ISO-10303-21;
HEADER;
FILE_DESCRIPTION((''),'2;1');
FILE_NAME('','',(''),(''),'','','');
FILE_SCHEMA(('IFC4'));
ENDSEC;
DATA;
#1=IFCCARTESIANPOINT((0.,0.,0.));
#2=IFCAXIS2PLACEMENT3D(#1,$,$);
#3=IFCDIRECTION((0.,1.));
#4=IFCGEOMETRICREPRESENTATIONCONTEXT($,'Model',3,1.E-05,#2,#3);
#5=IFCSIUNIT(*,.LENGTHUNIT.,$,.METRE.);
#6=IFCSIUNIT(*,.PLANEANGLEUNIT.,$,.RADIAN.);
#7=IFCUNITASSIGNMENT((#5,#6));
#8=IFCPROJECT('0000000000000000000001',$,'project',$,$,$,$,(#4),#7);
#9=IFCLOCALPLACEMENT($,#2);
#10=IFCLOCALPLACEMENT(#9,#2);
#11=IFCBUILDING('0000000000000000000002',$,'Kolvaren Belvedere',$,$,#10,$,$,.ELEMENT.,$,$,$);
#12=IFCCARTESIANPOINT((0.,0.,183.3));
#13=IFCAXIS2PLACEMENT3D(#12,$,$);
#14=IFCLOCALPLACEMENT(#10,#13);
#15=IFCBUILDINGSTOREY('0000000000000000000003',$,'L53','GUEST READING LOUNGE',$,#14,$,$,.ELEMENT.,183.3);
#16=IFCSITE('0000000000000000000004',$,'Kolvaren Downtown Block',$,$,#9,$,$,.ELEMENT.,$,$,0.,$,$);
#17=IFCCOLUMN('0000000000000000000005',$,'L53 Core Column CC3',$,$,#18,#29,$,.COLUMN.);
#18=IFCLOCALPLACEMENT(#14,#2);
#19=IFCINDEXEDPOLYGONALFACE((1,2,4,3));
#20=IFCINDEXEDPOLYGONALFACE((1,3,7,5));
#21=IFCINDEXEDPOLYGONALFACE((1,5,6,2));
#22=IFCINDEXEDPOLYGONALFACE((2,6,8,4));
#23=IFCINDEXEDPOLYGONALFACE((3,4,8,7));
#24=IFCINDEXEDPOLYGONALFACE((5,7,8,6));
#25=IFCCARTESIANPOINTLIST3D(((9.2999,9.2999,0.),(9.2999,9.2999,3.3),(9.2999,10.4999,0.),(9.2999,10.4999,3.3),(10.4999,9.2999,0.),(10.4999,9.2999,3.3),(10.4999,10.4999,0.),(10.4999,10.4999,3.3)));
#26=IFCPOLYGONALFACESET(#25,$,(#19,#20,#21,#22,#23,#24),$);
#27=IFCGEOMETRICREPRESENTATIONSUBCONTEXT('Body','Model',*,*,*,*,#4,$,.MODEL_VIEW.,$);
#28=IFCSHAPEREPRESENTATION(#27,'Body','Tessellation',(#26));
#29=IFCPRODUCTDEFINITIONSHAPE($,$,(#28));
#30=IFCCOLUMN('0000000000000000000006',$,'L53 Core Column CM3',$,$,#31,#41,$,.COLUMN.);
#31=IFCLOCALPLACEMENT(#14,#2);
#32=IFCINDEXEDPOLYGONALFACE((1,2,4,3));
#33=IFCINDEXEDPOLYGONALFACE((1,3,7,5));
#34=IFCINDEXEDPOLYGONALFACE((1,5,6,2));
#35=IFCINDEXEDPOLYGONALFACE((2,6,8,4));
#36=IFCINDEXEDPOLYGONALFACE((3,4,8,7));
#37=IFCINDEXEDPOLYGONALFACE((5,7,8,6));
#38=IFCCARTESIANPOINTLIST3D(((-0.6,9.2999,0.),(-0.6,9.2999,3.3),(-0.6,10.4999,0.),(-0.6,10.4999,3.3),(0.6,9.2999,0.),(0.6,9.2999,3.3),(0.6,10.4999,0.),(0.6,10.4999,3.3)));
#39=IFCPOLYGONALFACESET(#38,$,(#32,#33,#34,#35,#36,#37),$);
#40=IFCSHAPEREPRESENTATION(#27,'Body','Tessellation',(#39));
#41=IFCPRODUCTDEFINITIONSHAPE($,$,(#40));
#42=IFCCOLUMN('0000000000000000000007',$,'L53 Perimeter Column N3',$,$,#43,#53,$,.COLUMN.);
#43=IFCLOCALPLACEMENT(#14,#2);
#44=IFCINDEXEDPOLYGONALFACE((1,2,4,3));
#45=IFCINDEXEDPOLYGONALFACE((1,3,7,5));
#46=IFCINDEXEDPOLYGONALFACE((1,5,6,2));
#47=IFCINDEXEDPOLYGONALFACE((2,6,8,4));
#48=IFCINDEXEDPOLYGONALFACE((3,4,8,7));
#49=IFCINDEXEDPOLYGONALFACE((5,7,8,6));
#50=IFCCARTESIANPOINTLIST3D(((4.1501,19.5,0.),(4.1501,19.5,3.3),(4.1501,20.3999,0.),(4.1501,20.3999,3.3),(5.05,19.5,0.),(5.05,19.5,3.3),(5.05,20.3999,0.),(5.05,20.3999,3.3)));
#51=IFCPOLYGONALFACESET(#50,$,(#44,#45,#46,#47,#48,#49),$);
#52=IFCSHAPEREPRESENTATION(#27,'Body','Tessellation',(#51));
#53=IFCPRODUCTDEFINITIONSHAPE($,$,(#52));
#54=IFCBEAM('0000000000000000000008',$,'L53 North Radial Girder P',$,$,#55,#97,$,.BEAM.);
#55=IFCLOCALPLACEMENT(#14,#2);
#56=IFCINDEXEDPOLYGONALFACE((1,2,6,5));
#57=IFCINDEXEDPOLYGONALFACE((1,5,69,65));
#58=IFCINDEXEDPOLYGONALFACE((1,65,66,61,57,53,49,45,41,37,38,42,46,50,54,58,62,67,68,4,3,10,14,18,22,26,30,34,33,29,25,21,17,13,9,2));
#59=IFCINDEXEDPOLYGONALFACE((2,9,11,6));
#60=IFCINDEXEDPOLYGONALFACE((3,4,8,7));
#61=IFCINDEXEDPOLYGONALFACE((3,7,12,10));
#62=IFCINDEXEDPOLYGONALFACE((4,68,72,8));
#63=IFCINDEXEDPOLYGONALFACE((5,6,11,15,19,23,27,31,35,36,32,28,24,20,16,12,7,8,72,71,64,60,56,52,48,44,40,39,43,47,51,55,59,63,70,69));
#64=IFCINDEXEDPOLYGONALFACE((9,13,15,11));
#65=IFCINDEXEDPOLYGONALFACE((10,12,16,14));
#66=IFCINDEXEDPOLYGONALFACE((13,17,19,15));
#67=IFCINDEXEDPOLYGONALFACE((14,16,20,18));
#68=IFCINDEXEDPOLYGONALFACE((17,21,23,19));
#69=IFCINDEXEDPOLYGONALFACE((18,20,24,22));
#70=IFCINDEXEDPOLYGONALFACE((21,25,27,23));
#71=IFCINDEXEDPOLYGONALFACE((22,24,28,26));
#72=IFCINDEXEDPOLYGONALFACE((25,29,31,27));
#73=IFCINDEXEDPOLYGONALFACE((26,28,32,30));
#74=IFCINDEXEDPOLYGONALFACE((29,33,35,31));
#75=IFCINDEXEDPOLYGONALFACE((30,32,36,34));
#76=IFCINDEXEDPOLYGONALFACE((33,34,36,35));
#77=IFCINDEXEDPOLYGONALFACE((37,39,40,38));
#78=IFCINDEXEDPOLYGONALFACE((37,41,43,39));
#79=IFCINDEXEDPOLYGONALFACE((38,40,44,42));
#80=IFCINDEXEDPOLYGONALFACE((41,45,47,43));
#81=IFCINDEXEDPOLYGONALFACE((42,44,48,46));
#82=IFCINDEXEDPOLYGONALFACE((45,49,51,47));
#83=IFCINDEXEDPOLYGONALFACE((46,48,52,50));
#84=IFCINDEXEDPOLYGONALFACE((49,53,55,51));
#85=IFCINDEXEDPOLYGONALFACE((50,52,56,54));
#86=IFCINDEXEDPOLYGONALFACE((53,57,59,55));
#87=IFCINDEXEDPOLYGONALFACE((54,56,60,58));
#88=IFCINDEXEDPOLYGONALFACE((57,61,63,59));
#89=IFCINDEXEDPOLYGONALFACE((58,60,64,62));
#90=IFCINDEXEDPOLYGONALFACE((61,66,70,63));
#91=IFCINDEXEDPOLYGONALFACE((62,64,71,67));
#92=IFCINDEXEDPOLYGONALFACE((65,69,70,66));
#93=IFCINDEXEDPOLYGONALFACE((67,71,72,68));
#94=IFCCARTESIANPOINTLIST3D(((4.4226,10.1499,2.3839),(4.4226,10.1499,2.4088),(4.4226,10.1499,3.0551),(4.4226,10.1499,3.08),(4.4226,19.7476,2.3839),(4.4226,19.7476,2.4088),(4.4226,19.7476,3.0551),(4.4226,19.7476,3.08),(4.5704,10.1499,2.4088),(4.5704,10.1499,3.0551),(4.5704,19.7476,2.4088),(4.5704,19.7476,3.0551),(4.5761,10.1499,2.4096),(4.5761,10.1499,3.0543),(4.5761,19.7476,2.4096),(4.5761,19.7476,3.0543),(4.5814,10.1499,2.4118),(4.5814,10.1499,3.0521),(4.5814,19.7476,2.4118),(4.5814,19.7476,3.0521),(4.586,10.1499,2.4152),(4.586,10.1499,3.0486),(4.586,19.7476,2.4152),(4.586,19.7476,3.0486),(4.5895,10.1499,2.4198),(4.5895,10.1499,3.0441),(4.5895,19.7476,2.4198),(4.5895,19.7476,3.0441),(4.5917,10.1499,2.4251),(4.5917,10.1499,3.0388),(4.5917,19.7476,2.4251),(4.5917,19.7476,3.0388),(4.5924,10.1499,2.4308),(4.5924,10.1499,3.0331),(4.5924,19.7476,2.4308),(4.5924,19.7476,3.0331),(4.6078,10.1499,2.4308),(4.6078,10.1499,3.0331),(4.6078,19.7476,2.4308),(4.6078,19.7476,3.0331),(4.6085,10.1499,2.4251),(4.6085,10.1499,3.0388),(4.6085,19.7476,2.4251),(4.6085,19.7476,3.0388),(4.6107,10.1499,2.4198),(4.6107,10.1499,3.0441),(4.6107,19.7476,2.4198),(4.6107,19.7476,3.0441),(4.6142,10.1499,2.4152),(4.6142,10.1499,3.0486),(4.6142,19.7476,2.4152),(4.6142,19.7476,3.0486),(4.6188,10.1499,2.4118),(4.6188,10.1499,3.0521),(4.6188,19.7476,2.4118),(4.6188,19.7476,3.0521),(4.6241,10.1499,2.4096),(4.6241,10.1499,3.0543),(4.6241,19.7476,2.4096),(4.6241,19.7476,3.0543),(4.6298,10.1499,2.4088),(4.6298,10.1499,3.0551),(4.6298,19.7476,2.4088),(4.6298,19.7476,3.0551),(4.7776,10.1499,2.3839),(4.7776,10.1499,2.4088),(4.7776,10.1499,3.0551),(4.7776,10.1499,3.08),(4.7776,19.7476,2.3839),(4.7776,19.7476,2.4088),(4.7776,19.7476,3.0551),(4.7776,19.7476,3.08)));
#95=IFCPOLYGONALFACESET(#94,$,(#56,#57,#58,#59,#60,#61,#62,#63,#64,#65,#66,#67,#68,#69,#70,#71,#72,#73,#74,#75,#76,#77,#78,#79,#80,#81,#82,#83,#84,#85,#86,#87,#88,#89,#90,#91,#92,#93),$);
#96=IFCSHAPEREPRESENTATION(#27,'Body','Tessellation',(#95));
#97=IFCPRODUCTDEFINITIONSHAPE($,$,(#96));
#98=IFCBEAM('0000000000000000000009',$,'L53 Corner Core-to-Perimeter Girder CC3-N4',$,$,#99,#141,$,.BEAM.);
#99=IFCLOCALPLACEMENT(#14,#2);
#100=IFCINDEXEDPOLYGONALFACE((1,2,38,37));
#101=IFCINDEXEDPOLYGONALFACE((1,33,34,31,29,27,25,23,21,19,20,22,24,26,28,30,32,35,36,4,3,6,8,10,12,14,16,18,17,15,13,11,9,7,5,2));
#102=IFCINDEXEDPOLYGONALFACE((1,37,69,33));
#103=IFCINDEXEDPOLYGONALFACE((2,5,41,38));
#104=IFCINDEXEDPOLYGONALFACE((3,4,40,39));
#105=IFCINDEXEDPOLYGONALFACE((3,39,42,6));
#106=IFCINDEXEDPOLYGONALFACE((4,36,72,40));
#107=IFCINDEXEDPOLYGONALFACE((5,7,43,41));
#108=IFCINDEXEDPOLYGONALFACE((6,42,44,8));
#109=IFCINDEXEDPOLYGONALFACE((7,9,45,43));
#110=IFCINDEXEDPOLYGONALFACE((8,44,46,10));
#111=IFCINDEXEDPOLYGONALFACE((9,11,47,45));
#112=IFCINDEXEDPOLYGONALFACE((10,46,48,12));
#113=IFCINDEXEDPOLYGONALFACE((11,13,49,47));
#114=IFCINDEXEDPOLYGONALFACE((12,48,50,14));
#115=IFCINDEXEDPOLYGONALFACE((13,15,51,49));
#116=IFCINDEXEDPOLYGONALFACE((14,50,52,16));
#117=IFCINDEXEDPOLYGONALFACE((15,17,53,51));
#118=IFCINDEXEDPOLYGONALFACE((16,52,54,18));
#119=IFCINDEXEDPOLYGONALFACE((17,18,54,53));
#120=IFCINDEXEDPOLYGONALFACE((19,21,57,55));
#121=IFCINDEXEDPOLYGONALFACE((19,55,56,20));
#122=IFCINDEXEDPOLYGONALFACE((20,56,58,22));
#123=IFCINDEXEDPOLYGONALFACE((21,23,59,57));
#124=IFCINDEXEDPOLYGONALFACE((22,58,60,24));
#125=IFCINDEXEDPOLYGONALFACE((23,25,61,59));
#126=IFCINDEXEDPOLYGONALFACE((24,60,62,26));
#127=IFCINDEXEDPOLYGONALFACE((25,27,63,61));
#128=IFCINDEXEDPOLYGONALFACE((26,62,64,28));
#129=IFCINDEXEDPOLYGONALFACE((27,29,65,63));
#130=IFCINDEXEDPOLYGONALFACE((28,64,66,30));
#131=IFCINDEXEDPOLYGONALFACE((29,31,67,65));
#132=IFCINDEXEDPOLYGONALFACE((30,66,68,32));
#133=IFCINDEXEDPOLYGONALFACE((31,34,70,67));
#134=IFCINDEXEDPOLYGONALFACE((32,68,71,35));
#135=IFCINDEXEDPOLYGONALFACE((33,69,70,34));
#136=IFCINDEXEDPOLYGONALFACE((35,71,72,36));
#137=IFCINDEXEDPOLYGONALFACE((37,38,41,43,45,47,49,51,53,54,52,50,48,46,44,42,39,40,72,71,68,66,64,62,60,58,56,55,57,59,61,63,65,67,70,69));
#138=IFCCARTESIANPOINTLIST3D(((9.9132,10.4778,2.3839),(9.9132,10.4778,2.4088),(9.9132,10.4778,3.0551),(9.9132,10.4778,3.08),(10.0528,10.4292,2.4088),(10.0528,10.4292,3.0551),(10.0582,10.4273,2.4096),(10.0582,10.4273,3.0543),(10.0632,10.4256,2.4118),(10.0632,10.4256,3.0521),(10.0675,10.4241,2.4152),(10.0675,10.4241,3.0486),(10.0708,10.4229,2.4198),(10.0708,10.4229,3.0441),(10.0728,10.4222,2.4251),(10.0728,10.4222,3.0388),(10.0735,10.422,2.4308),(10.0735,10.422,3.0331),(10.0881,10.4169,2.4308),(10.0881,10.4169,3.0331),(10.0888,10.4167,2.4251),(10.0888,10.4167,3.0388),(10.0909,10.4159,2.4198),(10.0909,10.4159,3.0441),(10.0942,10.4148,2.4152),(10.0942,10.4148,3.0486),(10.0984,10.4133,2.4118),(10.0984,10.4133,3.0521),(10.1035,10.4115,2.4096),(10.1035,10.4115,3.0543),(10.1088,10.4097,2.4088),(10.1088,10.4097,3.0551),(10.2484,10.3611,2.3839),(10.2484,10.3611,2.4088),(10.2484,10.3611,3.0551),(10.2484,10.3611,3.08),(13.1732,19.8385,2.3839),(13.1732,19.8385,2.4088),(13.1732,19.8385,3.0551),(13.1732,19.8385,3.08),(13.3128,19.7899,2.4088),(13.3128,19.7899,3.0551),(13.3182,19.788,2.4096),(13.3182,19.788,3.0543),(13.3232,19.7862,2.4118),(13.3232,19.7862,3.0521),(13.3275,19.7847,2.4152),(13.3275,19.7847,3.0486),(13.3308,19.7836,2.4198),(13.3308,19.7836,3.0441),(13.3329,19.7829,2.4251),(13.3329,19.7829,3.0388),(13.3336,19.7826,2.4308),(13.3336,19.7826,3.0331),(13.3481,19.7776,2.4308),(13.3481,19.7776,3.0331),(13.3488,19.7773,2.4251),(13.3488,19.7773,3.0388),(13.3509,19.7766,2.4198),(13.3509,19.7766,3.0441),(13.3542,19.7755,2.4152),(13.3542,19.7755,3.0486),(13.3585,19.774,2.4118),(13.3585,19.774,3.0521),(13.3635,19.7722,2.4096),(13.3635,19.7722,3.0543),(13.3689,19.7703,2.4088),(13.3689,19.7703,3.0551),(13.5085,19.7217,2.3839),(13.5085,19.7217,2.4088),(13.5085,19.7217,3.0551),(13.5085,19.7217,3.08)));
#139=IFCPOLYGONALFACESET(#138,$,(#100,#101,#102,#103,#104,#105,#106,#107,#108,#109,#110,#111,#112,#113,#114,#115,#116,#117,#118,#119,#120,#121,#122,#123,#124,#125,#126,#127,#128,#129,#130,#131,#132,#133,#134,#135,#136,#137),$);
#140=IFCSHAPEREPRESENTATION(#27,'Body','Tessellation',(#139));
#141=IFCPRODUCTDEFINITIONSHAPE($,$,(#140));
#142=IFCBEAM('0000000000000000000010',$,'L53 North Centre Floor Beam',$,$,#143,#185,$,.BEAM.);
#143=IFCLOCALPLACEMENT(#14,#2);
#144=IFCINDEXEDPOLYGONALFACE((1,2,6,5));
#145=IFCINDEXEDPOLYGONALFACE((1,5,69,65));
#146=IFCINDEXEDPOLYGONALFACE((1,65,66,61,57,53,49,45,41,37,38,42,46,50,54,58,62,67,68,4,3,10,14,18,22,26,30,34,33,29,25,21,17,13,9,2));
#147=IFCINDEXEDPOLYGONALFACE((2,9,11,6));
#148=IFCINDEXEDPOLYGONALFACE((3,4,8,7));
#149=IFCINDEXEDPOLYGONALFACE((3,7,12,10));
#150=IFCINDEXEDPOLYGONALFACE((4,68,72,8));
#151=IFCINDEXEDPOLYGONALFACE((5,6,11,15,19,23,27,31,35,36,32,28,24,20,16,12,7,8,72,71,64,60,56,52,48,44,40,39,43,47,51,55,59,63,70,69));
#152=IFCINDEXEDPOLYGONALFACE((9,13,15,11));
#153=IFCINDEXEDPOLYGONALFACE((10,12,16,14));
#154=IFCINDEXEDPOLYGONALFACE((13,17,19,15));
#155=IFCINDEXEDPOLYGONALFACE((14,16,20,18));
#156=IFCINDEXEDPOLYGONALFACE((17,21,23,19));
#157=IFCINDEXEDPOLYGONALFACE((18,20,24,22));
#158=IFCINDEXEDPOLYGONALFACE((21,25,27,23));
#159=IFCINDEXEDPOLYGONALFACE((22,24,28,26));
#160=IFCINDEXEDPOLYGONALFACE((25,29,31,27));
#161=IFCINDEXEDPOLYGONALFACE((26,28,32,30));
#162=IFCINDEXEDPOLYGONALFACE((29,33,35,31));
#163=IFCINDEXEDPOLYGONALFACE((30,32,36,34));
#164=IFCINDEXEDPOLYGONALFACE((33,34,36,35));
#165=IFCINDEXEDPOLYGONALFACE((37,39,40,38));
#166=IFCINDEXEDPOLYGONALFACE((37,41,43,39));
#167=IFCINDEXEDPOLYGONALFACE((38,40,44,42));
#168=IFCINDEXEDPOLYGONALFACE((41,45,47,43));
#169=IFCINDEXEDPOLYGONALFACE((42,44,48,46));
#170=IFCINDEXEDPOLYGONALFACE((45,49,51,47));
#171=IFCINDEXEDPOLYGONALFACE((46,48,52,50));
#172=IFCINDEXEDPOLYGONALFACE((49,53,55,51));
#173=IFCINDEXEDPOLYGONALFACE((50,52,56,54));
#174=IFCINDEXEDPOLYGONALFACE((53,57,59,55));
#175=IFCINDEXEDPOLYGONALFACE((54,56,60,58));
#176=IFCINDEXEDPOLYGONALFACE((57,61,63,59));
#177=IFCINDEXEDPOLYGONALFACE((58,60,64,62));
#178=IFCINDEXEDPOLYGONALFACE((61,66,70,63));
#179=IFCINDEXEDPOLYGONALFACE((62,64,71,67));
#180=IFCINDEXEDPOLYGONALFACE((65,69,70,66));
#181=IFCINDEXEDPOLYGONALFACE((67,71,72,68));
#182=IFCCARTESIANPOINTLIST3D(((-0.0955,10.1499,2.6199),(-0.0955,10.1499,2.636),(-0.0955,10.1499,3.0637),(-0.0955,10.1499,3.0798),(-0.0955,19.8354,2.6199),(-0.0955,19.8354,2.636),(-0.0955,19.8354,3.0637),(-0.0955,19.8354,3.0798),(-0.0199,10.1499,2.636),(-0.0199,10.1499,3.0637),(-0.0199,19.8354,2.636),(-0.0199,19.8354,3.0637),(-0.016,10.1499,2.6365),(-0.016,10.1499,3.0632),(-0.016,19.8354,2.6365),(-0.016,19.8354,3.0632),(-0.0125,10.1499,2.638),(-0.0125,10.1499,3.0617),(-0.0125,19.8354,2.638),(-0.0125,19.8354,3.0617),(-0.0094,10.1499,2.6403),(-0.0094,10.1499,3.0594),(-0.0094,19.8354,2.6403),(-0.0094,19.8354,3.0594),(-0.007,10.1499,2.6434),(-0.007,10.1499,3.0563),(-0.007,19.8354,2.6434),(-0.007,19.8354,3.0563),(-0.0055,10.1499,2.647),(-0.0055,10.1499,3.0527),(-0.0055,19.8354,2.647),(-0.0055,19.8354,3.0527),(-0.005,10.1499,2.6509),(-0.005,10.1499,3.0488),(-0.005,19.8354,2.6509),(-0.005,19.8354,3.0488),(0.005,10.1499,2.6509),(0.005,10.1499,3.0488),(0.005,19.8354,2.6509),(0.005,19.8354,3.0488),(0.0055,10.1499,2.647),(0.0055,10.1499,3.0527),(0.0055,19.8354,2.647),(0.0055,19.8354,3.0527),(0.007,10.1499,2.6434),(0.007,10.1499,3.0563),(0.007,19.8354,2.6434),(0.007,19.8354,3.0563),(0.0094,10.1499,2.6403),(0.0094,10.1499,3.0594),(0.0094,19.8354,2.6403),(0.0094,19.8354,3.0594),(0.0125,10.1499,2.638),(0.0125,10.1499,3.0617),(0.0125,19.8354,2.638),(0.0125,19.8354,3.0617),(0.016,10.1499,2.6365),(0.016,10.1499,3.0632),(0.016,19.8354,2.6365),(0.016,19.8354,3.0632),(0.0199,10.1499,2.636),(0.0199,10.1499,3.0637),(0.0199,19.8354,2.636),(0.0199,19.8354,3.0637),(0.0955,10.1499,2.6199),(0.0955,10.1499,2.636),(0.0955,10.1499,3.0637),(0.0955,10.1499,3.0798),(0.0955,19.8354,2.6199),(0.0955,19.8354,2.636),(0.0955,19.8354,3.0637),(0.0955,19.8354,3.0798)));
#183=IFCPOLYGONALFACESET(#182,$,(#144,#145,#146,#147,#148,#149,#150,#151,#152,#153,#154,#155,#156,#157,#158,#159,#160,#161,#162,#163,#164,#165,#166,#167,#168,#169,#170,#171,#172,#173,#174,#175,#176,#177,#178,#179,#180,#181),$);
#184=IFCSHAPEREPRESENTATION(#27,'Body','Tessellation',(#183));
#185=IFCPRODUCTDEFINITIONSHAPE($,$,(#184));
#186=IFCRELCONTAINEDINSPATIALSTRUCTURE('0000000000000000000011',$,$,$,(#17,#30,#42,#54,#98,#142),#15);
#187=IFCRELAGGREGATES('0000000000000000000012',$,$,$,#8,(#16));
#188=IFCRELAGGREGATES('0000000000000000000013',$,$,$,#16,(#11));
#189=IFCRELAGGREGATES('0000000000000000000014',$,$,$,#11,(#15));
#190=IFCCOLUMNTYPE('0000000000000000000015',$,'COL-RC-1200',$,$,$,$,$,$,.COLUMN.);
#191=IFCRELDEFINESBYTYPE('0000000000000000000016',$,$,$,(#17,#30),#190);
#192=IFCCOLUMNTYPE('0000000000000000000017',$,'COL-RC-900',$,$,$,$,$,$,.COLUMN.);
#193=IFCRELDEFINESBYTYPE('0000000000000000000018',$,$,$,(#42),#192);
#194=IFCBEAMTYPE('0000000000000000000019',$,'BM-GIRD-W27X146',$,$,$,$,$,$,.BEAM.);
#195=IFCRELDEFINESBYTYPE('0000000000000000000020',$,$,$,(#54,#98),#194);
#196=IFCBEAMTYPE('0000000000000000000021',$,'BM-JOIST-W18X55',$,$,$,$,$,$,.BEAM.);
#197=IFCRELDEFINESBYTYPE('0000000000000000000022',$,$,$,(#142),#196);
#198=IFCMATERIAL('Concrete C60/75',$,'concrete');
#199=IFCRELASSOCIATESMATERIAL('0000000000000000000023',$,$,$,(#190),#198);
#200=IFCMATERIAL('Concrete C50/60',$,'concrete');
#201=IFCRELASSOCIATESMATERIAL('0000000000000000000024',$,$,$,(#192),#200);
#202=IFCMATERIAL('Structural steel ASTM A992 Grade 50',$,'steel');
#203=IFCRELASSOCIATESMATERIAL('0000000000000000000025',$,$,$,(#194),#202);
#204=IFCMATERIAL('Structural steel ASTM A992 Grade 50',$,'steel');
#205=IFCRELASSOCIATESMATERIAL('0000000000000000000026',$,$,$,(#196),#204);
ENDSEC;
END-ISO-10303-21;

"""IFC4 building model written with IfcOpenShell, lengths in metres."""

from ifc_helpers import new_model, si_unit, direction, frame, origin, origin_2d, place, context, subcontext, project, spatial, rectangle, i_section, extrude, material, material_profile, profile_set, type_object, element, save


model = new_model("IFC4")

# Units and contexts
model_context = context("Model", 3, precision=1e-05, world=origin(), true_north=direction((0.0, 1.0)))
body_context = subcontext(model_context, "Body", "Model", "MODEL_VIEW")
ifc_project = project(units=[si_unit("LENGTHUNIT", "METRE"), si_unit("PLANEANGLEUNIT", "RADIAN")], contexts=[model_context])

# Site, building, storey
site_placement = place(None, origin())
site = spatial("IfcSite", under=ifc_project, at=site_placement, Name="Kolvaren Downtown Block", CompositionType="ELEMENT", RefElevation=0.0)
building_placement = place(site_placement, origin())
building = spatial("IfcBuilding", under=site, at=building_placement, Name="Kolvaren Belvedere", CompositionType="ELEMENT")
storey_placement = place(building_placement, frame((0.0, 0.0, 183.3)))
storey = spatial("IfcBuildingStorey", under=building, at=storey_placement, Name="L53", Description="GUEST READING LOUNGE", CompositionType="ELEMENT", Elevation=183.3)

# Columns
ifc_material_1 = material(Name="Concrete C60/75", Category="concrete")
ifc_material_profile_1 = material_profile(ifc_material_1, rectangle(XDim=1.2, YDim=1.2, at=origin_2d()), Name="RC 1200X1200")
ifc_profile_set_1 = profile_set([ifc_material_profile_1], Name="Concrete C60/75")
column_type_1 = type_object("IfcColumnType", Name="COL-RC-1200", PredefinedType="COLUMN", material=ifc_profile_set_1)
for number, where, z_axis, x_axis, name in (
    (1, (9.8999, 9.8999, 0.0), (0.0, 0.0, 1.0), (1.0, 0.0, 0.0), "L53 Core Column CC3"),
    (2, (0.0, 9.8999, 0.0), (0.0, 0.0, 1.0), (1.0, 0.0, 0.0), "L53 Core Column CM3"),
):
    element("IfcColumn", number, at=place(storey_placement, frame(where, z_axis=z_axis, x_axis=x_axis)), inside=storey, type_object=column_type_1, Name=name, PredefinedType="COLUMN", context=body_context, shape_type="SweptSolid", body=[
        extrude(rectangle(XDim=1.2, YDim=1.2, at=origin_2d()), origin(), (0.0, 0.0, 1.0), 3.3),
    ])
ifc_material_2 = material(Name="Concrete C50/60", Category="concrete")
ifc_material_profile_2 = material_profile(ifc_material_2, rectangle(XDim=0.8999, YDim=0.8999, at=origin_2d()), Name="RC 900X900")
ifc_profile_set_2 = profile_set([ifc_material_profile_2], Name="Concrete C50/60")
column_type_2 = type_object("IfcColumnType", Name="COL-RC-900", PredefinedType="COLUMN", material=ifc_profile_set_2)
column_placement = place(storey_placement, frame((4.6001, 19.95, 0.0), z_axis=(0.0, 0.0, 1.0), x_axis=(1.0, 0.0, 0.0)))
element("IfcColumn", 3, at=column_placement, inside=storey, type_object=column_type_2, Name="L53 Perimeter Column N3", PredefinedType="COLUMN", context=body_context, shape_type="SweptSolid", body=[
    extrude(rectangle(XDim=0.8999, YDim=0.8999, at=origin_2d()), origin(), (0.0, 0.0, 1.0), 3.3),
])

# Beams
ifc_material_3 = material(Name="Structural steel ASTM A992 Grade 50", Category="steel")
ifc_material_profile_3 = material_profile(ifc_material_3, i_section(OverallWidth=0.355, OverallDepth=0.696, WebThickness=0.0154, FlangeThickness=0.0249, FilletRadius=0.022, at=origin_2d()), Name="W27X146")
ifc_profile_set_3 = profile_set([ifc_material_profile_3], Name="Structural steel ASTM A992 Grade 50")
beam_type_1 = type_object("IfcBeamType", Name="BM-GIRD-W27X146", PredefinedType="BEAM", material=ifc_profile_set_3)
beam_1_placement = place(storey_placement, frame((4.6001, 10.1499, 2.7319), z_axis=(0.0, 1.0, 0.0), x_axis=(-1.0, 0.0, 0.0)))
element("IfcBeam", 4, at=beam_1_placement, inside=storey, type_object=beam_type_1, Name="L53 North Radial Girder P", PredefinedType="BEAM", context=body_context, shape_type="SweptSolid", body=[
    extrude(i_section(OverallWidth=0.355, OverallDepth=0.696, WebThickness=0.0154, FlangeThickness=0.0249, FilletRadius=0.022, at=origin_2d()), origin(), (0.0, 0.0, 1.0), 9.5977),
])
beam_2_placement = place(storey_placement, frame((10.0808, 10.4194, 2.7319), z_axis=(0.328894, 0.944367, 0.0), x_axis=(-0.944367, 0.328894, 0.0)))
element("IfcBeam", 5, at=beam_2_placement, inside=storey, type_object=beam_type_1, Name="L53 Corner Core-to-Perimeter Girder CC3-N4", PredefinedType="BEAM", context=body_context, shape_type="SweptSolid", body=[
    extrude(i_section(OverallWidth=0.355, OverallDepth=0.696, WebThickness=0.0154, FlangeThickness=0.0249, FilletRadius=0.022, at=origin_2d()), origin(), (0.0, 0.0, 1.0), 9.9121),
])
ifc_material_4 = material(Name="Structural steel ASTM A992 Grade 50", Category="steel")
ifc_material_profile_4 = material_profile(ifc_material_4, i_section(OverallWidth=0.1909, OverallDepth=0.46, WebThickness=0.01, FlangeThickness=0.0161, FilletRadius=0.0149, at=origin_2d()), Name="W18X55")
ifc_profile_set_4 = profile_set([ifc_material_profile_4], Name="Structural steel ASTM A992 Grade 50")
beam_type_2 = type_object("IfcBeamType", Name="BM-JOIST-W18X55", PredefinedType="BEAM", material=ifc_profile_set_4)
beam_3_placement = place(storey_placement, frame((0.0, 10.1499, 2.8499), z_axis=(0.0, 1.0, 0.0), x_axis=(-1.0, 0.0, 0.0)))
element("IfcBeam", 6, at=beam_3_placement, inside=storey, type_object=beam_type_2, Name="L53 North Centre Floor Beam", PredefinedType="BEAM", context=body_context, shape_type="SweptSolid", body=[
    extrude(i_section(OverallWidth=0.1909, OverallDepth=0.46, WebThickness=0.01, FlangeThickness=0.0161, FilletRadius=0.0149, at=origin_2d()), origin(), (0.0, 0.0, 1.0), 9.6855),
])

save(model, "model.ifc")
